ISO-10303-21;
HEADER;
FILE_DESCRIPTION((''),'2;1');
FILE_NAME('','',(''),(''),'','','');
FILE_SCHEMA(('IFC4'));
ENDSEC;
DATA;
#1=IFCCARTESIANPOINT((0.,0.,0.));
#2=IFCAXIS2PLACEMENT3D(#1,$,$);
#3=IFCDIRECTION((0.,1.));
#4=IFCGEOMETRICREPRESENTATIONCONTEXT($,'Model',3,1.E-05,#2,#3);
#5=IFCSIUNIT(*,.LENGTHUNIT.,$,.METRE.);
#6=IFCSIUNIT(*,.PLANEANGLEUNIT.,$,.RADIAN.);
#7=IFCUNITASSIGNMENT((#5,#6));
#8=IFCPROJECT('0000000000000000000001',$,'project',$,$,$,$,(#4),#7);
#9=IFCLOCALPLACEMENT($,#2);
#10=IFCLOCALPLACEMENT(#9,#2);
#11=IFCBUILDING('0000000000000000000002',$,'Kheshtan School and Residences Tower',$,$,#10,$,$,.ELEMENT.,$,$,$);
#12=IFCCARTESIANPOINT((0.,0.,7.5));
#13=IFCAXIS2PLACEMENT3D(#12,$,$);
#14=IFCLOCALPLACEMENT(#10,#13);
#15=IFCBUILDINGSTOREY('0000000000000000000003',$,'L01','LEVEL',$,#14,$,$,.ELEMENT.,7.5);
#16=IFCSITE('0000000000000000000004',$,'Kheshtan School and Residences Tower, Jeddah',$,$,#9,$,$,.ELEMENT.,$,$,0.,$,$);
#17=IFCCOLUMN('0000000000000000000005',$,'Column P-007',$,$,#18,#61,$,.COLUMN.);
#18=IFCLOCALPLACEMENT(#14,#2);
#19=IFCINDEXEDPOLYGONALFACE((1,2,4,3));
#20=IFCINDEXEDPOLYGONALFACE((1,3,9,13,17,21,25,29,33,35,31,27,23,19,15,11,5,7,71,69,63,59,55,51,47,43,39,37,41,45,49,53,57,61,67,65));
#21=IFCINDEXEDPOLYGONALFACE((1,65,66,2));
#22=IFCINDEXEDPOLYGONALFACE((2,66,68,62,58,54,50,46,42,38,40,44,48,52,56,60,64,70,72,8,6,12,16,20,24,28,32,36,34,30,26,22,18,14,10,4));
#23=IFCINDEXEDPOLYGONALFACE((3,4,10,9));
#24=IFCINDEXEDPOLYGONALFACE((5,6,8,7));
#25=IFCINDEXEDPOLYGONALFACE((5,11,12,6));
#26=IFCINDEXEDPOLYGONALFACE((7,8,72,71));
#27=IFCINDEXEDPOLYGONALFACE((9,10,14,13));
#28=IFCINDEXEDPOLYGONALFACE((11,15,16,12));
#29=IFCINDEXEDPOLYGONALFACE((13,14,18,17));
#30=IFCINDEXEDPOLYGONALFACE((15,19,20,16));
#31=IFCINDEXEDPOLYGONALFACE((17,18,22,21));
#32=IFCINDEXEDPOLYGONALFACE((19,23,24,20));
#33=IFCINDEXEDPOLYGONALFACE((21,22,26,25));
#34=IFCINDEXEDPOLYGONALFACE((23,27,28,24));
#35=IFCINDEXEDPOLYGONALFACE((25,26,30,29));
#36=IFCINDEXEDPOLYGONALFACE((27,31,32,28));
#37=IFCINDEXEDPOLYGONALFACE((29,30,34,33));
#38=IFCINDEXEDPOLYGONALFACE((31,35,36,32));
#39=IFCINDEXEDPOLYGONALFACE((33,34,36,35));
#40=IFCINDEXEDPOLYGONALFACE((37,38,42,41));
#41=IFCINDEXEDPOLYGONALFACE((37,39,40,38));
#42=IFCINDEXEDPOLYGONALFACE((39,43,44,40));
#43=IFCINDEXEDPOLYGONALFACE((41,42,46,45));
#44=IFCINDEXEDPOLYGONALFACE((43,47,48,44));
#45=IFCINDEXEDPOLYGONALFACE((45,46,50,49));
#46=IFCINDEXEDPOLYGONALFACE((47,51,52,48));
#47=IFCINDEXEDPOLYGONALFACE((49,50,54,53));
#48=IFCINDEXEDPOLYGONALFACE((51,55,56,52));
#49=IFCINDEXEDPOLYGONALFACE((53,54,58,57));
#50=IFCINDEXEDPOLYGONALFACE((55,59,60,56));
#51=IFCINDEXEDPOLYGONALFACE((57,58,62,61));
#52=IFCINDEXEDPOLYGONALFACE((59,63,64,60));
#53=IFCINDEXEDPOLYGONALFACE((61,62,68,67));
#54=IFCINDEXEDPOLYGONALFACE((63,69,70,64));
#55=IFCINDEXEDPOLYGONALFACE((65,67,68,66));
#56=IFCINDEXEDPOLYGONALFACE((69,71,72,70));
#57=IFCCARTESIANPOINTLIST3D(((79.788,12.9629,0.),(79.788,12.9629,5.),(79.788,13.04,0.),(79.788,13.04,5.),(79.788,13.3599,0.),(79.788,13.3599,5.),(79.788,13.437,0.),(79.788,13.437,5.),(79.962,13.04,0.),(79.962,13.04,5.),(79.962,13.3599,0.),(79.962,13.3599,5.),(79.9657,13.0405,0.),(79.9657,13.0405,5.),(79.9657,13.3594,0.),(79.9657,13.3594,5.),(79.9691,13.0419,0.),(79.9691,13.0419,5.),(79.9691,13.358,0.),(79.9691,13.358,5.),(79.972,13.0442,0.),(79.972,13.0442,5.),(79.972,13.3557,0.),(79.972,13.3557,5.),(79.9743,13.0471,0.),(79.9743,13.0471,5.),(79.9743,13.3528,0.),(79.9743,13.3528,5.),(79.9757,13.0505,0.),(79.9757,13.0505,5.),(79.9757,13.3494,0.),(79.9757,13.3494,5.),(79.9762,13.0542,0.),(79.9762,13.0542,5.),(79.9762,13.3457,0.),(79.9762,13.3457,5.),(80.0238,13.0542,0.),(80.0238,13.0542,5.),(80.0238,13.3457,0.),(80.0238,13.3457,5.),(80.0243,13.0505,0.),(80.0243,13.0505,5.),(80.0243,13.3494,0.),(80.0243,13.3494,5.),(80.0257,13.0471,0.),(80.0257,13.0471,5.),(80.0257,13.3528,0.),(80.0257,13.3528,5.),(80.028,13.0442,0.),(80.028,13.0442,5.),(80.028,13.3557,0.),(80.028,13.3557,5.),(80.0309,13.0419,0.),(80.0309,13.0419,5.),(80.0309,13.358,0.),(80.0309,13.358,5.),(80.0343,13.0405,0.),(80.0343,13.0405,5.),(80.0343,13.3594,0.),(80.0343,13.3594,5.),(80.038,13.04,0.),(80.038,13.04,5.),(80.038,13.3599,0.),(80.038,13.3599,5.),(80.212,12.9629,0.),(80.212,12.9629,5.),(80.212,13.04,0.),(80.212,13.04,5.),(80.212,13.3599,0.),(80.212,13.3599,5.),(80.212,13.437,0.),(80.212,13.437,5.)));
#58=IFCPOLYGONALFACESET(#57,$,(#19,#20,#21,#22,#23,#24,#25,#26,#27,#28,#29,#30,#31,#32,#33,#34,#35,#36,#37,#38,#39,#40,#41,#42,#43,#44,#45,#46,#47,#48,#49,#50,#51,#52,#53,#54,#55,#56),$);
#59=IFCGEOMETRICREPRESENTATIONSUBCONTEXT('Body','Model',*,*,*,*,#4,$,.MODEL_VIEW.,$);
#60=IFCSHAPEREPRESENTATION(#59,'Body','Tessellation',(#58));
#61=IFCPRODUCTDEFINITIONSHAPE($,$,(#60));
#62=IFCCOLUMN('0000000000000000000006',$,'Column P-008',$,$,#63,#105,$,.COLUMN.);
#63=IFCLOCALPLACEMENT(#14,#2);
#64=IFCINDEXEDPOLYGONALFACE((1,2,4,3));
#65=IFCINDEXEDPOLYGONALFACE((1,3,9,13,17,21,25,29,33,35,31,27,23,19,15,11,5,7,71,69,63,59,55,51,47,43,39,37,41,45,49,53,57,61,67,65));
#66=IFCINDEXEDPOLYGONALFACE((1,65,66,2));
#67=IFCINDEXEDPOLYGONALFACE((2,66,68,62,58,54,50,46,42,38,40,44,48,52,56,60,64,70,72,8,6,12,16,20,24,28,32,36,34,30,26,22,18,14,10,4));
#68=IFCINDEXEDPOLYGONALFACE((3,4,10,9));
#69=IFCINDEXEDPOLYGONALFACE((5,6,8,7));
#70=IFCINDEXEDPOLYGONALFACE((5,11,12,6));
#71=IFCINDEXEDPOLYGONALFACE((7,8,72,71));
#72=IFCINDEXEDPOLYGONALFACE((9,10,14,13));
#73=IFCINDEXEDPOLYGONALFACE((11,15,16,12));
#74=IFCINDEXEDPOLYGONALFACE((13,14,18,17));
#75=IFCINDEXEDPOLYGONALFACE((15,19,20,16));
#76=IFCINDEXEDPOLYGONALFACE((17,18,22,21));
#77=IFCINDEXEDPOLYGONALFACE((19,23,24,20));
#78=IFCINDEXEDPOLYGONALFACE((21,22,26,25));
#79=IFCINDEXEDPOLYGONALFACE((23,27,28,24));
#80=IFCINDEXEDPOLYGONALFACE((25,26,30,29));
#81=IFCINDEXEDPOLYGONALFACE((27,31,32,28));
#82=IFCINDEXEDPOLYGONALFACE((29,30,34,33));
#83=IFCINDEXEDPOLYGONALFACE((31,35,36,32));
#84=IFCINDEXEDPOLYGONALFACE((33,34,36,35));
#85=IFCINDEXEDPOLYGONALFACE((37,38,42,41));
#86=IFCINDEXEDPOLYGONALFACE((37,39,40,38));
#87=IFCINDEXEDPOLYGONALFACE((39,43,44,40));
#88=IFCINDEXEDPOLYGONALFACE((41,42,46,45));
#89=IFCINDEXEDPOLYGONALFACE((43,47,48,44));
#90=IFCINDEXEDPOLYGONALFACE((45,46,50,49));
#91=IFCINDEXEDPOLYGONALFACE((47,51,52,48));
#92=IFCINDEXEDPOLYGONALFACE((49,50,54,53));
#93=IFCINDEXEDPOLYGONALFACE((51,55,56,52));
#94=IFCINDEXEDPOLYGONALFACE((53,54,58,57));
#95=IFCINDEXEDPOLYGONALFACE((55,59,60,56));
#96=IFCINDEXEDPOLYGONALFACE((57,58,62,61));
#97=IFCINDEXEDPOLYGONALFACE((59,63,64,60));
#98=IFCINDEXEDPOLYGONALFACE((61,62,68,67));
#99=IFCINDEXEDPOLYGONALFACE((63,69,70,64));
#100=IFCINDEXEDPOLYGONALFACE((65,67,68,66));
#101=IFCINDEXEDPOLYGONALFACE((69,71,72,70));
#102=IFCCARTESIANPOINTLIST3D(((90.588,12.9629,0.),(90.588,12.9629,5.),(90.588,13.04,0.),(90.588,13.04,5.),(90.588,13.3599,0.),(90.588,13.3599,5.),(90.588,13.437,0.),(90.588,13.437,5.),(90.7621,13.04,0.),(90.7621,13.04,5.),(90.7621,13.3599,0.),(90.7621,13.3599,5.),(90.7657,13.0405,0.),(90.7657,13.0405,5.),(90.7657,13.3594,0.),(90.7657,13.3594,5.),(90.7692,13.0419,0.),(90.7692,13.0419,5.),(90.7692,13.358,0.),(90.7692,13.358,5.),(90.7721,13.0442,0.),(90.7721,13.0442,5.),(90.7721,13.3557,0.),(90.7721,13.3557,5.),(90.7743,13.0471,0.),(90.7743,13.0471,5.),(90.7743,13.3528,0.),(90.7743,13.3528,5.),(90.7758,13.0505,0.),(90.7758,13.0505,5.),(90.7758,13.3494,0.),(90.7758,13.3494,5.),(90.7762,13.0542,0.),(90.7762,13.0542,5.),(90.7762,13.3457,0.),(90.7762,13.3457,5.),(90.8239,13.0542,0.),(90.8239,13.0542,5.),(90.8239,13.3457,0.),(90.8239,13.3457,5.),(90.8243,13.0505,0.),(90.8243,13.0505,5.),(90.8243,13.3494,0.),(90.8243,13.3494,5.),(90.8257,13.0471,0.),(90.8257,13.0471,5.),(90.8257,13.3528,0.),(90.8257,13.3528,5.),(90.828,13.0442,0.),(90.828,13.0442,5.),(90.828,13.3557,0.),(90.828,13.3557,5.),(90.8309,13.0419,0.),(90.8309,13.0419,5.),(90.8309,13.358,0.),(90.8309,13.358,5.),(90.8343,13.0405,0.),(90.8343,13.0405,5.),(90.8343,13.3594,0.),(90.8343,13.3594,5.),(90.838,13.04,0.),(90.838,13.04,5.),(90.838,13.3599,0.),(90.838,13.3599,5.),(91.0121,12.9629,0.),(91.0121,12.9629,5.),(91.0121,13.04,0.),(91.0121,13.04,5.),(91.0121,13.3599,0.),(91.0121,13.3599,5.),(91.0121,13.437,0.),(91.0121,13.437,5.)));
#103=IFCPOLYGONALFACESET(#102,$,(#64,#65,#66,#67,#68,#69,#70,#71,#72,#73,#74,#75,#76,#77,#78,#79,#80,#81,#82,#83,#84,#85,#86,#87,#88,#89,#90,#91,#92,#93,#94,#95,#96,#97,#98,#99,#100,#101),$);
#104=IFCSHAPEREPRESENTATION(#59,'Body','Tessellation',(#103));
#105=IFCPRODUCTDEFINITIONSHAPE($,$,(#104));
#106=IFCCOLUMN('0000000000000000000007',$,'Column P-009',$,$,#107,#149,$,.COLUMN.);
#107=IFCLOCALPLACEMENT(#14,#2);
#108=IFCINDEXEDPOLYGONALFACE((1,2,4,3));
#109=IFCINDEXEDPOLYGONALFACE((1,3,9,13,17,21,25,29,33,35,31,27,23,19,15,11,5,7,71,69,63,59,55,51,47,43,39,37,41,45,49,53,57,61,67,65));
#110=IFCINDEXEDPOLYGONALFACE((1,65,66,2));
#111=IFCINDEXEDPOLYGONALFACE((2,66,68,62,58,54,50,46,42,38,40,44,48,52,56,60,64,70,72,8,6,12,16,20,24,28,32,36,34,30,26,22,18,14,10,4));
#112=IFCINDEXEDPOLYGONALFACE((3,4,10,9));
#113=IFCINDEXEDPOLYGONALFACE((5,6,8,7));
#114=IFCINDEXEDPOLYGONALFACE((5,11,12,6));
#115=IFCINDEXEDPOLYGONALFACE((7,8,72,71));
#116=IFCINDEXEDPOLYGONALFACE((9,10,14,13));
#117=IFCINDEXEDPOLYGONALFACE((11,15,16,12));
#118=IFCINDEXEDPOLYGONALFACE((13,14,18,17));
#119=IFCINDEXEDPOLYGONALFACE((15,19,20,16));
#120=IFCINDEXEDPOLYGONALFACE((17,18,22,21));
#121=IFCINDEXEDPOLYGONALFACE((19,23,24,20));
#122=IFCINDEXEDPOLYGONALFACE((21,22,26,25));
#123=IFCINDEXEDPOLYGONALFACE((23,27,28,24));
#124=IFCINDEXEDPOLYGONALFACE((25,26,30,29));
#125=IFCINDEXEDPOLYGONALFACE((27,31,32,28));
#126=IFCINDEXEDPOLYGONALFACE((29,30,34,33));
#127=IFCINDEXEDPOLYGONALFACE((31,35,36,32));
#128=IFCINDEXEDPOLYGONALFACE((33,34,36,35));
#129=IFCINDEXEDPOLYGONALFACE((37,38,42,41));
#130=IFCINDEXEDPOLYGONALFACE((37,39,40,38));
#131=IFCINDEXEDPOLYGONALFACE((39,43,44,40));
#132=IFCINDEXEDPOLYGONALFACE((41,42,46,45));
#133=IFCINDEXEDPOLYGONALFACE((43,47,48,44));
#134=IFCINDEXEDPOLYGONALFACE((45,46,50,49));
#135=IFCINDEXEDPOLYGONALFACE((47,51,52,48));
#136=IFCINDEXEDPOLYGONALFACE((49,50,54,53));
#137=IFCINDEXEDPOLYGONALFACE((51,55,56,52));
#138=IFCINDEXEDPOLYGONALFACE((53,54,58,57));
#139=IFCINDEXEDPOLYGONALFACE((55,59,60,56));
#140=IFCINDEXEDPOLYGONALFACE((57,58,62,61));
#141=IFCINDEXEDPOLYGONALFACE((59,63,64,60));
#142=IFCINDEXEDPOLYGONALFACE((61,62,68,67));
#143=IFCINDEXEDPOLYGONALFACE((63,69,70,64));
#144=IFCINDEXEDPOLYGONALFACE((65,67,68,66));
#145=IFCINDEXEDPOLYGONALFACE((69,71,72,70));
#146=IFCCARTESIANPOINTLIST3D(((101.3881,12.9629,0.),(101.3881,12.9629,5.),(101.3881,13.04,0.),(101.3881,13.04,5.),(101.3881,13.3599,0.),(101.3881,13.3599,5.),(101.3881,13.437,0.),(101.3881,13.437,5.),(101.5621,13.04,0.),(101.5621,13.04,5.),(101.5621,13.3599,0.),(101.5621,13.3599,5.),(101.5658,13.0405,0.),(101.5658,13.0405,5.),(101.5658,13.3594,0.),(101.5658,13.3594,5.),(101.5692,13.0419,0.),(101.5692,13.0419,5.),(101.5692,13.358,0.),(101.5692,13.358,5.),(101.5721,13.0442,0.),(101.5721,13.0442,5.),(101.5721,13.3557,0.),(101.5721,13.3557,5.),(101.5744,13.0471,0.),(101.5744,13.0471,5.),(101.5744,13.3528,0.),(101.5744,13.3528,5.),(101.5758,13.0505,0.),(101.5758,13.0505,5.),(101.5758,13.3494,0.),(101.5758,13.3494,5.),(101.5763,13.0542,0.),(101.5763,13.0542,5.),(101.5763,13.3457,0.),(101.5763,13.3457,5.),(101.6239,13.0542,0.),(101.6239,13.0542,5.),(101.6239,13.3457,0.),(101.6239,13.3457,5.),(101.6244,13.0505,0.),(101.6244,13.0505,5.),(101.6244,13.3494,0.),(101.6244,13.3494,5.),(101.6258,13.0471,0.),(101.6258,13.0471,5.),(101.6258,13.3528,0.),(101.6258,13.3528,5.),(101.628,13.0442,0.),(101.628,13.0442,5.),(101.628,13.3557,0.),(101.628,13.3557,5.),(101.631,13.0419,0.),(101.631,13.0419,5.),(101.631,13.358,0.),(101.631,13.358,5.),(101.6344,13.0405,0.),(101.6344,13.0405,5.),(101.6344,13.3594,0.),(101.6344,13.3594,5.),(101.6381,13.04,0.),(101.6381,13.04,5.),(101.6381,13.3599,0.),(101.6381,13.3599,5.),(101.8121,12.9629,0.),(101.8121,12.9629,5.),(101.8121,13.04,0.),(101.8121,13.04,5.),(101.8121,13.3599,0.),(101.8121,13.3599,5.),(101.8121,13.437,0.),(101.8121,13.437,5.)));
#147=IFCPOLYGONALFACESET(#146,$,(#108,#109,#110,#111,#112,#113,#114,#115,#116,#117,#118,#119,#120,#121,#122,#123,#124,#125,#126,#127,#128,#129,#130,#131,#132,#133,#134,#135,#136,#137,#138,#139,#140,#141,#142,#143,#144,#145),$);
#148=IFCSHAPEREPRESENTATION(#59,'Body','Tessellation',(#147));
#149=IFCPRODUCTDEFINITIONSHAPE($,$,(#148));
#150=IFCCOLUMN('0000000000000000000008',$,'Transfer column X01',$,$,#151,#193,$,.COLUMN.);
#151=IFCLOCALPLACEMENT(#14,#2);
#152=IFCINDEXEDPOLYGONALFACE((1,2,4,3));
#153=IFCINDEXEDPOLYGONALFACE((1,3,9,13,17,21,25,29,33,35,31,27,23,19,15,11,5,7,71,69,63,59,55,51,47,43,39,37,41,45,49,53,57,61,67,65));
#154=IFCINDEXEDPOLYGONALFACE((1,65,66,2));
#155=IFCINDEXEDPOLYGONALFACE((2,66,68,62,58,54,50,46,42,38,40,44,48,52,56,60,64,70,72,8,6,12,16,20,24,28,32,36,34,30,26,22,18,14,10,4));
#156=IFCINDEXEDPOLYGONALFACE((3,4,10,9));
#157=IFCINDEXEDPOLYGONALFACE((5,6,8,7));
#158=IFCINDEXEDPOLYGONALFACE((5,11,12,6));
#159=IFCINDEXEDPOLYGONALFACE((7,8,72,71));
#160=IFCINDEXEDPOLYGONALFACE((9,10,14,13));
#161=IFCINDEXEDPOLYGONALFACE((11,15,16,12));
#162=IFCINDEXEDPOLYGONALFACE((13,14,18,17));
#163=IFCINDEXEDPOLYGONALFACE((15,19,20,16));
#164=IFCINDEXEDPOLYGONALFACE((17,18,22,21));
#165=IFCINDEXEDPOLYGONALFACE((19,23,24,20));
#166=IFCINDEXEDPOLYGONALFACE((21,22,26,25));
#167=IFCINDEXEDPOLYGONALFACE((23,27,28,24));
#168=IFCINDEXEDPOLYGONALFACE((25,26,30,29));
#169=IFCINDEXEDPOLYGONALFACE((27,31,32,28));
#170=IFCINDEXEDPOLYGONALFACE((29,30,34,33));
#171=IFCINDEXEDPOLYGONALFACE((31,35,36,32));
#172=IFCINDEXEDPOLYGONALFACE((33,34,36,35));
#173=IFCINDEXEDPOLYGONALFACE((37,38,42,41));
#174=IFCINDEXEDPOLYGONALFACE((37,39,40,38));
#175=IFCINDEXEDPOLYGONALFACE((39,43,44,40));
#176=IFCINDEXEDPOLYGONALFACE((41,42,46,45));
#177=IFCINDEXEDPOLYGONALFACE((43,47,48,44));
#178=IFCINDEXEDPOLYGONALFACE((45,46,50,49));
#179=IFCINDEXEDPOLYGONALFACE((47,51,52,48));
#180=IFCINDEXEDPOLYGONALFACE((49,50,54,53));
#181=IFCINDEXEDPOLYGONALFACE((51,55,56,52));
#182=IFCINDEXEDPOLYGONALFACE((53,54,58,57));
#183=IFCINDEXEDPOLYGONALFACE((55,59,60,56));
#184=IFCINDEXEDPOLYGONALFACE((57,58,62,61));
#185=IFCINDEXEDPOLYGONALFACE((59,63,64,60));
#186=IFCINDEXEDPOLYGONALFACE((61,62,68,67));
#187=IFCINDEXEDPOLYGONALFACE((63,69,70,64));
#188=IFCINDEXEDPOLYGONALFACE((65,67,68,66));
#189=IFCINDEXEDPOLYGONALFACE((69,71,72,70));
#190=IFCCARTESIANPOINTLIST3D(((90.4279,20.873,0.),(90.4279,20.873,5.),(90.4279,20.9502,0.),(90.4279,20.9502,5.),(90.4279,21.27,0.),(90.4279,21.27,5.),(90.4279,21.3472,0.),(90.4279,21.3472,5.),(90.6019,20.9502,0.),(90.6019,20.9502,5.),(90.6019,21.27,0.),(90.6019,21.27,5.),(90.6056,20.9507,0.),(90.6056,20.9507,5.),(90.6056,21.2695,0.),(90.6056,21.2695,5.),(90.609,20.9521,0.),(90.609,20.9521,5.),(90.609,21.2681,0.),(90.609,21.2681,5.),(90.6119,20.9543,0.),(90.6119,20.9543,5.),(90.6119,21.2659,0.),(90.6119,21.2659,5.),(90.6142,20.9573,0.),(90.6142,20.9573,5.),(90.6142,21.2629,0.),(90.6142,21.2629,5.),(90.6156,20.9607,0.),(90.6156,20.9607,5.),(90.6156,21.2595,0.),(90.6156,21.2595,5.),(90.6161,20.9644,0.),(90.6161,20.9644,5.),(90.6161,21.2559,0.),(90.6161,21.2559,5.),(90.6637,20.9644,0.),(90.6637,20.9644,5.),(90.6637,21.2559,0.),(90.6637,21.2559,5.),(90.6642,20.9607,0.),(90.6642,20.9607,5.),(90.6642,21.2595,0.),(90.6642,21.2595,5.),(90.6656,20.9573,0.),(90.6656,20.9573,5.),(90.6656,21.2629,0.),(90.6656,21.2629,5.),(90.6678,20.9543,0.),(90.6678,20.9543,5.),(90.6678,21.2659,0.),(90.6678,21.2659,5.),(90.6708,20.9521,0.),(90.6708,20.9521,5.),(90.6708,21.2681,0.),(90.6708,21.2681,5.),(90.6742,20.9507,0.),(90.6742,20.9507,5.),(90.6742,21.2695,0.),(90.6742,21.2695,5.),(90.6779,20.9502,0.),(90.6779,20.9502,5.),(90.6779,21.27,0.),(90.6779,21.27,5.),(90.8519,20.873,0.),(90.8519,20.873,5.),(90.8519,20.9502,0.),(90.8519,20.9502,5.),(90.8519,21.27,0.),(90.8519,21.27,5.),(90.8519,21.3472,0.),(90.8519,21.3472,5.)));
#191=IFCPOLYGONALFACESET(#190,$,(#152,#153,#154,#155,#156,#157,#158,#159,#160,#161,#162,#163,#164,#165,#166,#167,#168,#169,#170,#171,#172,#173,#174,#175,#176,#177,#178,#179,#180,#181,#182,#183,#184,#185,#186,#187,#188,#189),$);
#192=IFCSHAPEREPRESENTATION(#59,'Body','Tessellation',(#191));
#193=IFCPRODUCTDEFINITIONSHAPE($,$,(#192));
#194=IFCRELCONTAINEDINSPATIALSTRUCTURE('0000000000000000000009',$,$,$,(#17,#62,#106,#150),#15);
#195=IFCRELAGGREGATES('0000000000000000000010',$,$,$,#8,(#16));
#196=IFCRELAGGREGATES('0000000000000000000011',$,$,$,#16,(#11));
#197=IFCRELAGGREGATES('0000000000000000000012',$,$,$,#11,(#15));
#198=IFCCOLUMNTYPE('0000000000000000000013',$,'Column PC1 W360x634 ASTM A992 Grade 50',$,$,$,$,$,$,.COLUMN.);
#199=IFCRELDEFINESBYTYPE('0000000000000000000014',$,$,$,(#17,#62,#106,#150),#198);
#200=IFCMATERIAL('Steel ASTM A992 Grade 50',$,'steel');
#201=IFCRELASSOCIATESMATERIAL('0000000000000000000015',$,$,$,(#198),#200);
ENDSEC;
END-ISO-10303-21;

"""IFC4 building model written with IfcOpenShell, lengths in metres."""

from ifc_helpers import new_model, si_unit, direction, frame, origin, origin_2d, place, context, subcontext, project, spatial, i_section, extrude, material, material_profile, profile_set, type_object, element, save


model = new_model("IFC4")

# Units and contexts
model_context = context("Model", 3, precision=1e-05, world=origin(), true_north=direction((0.0, 1.0)))
body_context = subcontext(model_context, "Body", "Model", "MODEL_VIEW")
ifc_project = project(units=[si_unit("LENGTHUNIT", "METRE"), si_unit("PLANEANGLEUNIT", "RADIAN")], contexts=[model_context])

# Site, building, storey
site_placement = place(None, origin())
site = spatial("IfcSite", under=ifc_project, at=site_placement, Name="Kheshtan School and Residences Tower, Jeddah", CompositionType="ELEMENT", RefElevation=0.0)
building_placement = place(site_placement, origin())
building = spatial("IfcBuilding", under=site, at=building_placement, Name="Kheshtan School and Residences Tower", CompositionType="ELEMENT")
storey_placement = place(building_placement, frame((0.0, 0.0, 7.5)))
storey = spatial("IfcBuildingStorey", under=building, at=storey_placement, Name="L01", Description="LEVEL", CompositionType="ELEMENT", Elevation=7.5)

# Columns
ifc_material_1 = material(Name="Steel ASTM A992 Grade 50", Category="steel")
ifc_material_profile_1 = material_profile(ifc_material_1, i_section(OverallWidth=0.4241, OverallDepth=0.4741, WebThickness=0.0476, FlangeThickness=0.0771, FilletRadius=0.0142, at=origin_2d()), Name="W360x634")
ifc_profile_set_1 = profile_set([ifc_material_profile_1], Name="Steel ASTM A992 Grade 50")
column_type = type_object("IfcColumnType", Name="Column PC1 W360x634 ASTM A992 Grade 50", PredefinedType="COLUMN", material=ifc_profile_set_1)
for number, where, z_axis, x_axis, name in (
    (1, (80.0, 13.2, 0.0), (0.0, 0.0, 1.0), (1.0, 0.0, 0.0), "Column P-007"),
    (2, (90.8, 13.2, 0.0), (0.0, 0.0, 1.0), (1.0, 0.0, 0.0), "Column P-008"),
    (3, (101.6001, 13.2, 0.0), (0.0, 0.0, 1.0), (1.0, 0.0, 0.0), "Column P-009"),
    (4, (90.6399, 21.1101, 0.0), (0.0, 0.0, 1.0), (1.0, 0.0, 0.0), "Transfer column X01"),
):
    element("IfcColumn", number, at=place(storey_placement, frame(where, z_axis=z_axis, x_axis=x_axis)), inside=storey, type_object=column_type, Name=name, PredefinedType="COLUMN", context=body_context, shape_type="SweptSolid", body=[
        extrude(i_section(OverallWidth=0.4241, OverallDepth=0.4741, WebThickness=0.0476, FlangeThickness=0.0771, FilletRadius=0.0142, at=origin_2d()), origin(), (0.0, 0.0, 1.0), 5.0),
    ])

save(model, "model.ifc")
